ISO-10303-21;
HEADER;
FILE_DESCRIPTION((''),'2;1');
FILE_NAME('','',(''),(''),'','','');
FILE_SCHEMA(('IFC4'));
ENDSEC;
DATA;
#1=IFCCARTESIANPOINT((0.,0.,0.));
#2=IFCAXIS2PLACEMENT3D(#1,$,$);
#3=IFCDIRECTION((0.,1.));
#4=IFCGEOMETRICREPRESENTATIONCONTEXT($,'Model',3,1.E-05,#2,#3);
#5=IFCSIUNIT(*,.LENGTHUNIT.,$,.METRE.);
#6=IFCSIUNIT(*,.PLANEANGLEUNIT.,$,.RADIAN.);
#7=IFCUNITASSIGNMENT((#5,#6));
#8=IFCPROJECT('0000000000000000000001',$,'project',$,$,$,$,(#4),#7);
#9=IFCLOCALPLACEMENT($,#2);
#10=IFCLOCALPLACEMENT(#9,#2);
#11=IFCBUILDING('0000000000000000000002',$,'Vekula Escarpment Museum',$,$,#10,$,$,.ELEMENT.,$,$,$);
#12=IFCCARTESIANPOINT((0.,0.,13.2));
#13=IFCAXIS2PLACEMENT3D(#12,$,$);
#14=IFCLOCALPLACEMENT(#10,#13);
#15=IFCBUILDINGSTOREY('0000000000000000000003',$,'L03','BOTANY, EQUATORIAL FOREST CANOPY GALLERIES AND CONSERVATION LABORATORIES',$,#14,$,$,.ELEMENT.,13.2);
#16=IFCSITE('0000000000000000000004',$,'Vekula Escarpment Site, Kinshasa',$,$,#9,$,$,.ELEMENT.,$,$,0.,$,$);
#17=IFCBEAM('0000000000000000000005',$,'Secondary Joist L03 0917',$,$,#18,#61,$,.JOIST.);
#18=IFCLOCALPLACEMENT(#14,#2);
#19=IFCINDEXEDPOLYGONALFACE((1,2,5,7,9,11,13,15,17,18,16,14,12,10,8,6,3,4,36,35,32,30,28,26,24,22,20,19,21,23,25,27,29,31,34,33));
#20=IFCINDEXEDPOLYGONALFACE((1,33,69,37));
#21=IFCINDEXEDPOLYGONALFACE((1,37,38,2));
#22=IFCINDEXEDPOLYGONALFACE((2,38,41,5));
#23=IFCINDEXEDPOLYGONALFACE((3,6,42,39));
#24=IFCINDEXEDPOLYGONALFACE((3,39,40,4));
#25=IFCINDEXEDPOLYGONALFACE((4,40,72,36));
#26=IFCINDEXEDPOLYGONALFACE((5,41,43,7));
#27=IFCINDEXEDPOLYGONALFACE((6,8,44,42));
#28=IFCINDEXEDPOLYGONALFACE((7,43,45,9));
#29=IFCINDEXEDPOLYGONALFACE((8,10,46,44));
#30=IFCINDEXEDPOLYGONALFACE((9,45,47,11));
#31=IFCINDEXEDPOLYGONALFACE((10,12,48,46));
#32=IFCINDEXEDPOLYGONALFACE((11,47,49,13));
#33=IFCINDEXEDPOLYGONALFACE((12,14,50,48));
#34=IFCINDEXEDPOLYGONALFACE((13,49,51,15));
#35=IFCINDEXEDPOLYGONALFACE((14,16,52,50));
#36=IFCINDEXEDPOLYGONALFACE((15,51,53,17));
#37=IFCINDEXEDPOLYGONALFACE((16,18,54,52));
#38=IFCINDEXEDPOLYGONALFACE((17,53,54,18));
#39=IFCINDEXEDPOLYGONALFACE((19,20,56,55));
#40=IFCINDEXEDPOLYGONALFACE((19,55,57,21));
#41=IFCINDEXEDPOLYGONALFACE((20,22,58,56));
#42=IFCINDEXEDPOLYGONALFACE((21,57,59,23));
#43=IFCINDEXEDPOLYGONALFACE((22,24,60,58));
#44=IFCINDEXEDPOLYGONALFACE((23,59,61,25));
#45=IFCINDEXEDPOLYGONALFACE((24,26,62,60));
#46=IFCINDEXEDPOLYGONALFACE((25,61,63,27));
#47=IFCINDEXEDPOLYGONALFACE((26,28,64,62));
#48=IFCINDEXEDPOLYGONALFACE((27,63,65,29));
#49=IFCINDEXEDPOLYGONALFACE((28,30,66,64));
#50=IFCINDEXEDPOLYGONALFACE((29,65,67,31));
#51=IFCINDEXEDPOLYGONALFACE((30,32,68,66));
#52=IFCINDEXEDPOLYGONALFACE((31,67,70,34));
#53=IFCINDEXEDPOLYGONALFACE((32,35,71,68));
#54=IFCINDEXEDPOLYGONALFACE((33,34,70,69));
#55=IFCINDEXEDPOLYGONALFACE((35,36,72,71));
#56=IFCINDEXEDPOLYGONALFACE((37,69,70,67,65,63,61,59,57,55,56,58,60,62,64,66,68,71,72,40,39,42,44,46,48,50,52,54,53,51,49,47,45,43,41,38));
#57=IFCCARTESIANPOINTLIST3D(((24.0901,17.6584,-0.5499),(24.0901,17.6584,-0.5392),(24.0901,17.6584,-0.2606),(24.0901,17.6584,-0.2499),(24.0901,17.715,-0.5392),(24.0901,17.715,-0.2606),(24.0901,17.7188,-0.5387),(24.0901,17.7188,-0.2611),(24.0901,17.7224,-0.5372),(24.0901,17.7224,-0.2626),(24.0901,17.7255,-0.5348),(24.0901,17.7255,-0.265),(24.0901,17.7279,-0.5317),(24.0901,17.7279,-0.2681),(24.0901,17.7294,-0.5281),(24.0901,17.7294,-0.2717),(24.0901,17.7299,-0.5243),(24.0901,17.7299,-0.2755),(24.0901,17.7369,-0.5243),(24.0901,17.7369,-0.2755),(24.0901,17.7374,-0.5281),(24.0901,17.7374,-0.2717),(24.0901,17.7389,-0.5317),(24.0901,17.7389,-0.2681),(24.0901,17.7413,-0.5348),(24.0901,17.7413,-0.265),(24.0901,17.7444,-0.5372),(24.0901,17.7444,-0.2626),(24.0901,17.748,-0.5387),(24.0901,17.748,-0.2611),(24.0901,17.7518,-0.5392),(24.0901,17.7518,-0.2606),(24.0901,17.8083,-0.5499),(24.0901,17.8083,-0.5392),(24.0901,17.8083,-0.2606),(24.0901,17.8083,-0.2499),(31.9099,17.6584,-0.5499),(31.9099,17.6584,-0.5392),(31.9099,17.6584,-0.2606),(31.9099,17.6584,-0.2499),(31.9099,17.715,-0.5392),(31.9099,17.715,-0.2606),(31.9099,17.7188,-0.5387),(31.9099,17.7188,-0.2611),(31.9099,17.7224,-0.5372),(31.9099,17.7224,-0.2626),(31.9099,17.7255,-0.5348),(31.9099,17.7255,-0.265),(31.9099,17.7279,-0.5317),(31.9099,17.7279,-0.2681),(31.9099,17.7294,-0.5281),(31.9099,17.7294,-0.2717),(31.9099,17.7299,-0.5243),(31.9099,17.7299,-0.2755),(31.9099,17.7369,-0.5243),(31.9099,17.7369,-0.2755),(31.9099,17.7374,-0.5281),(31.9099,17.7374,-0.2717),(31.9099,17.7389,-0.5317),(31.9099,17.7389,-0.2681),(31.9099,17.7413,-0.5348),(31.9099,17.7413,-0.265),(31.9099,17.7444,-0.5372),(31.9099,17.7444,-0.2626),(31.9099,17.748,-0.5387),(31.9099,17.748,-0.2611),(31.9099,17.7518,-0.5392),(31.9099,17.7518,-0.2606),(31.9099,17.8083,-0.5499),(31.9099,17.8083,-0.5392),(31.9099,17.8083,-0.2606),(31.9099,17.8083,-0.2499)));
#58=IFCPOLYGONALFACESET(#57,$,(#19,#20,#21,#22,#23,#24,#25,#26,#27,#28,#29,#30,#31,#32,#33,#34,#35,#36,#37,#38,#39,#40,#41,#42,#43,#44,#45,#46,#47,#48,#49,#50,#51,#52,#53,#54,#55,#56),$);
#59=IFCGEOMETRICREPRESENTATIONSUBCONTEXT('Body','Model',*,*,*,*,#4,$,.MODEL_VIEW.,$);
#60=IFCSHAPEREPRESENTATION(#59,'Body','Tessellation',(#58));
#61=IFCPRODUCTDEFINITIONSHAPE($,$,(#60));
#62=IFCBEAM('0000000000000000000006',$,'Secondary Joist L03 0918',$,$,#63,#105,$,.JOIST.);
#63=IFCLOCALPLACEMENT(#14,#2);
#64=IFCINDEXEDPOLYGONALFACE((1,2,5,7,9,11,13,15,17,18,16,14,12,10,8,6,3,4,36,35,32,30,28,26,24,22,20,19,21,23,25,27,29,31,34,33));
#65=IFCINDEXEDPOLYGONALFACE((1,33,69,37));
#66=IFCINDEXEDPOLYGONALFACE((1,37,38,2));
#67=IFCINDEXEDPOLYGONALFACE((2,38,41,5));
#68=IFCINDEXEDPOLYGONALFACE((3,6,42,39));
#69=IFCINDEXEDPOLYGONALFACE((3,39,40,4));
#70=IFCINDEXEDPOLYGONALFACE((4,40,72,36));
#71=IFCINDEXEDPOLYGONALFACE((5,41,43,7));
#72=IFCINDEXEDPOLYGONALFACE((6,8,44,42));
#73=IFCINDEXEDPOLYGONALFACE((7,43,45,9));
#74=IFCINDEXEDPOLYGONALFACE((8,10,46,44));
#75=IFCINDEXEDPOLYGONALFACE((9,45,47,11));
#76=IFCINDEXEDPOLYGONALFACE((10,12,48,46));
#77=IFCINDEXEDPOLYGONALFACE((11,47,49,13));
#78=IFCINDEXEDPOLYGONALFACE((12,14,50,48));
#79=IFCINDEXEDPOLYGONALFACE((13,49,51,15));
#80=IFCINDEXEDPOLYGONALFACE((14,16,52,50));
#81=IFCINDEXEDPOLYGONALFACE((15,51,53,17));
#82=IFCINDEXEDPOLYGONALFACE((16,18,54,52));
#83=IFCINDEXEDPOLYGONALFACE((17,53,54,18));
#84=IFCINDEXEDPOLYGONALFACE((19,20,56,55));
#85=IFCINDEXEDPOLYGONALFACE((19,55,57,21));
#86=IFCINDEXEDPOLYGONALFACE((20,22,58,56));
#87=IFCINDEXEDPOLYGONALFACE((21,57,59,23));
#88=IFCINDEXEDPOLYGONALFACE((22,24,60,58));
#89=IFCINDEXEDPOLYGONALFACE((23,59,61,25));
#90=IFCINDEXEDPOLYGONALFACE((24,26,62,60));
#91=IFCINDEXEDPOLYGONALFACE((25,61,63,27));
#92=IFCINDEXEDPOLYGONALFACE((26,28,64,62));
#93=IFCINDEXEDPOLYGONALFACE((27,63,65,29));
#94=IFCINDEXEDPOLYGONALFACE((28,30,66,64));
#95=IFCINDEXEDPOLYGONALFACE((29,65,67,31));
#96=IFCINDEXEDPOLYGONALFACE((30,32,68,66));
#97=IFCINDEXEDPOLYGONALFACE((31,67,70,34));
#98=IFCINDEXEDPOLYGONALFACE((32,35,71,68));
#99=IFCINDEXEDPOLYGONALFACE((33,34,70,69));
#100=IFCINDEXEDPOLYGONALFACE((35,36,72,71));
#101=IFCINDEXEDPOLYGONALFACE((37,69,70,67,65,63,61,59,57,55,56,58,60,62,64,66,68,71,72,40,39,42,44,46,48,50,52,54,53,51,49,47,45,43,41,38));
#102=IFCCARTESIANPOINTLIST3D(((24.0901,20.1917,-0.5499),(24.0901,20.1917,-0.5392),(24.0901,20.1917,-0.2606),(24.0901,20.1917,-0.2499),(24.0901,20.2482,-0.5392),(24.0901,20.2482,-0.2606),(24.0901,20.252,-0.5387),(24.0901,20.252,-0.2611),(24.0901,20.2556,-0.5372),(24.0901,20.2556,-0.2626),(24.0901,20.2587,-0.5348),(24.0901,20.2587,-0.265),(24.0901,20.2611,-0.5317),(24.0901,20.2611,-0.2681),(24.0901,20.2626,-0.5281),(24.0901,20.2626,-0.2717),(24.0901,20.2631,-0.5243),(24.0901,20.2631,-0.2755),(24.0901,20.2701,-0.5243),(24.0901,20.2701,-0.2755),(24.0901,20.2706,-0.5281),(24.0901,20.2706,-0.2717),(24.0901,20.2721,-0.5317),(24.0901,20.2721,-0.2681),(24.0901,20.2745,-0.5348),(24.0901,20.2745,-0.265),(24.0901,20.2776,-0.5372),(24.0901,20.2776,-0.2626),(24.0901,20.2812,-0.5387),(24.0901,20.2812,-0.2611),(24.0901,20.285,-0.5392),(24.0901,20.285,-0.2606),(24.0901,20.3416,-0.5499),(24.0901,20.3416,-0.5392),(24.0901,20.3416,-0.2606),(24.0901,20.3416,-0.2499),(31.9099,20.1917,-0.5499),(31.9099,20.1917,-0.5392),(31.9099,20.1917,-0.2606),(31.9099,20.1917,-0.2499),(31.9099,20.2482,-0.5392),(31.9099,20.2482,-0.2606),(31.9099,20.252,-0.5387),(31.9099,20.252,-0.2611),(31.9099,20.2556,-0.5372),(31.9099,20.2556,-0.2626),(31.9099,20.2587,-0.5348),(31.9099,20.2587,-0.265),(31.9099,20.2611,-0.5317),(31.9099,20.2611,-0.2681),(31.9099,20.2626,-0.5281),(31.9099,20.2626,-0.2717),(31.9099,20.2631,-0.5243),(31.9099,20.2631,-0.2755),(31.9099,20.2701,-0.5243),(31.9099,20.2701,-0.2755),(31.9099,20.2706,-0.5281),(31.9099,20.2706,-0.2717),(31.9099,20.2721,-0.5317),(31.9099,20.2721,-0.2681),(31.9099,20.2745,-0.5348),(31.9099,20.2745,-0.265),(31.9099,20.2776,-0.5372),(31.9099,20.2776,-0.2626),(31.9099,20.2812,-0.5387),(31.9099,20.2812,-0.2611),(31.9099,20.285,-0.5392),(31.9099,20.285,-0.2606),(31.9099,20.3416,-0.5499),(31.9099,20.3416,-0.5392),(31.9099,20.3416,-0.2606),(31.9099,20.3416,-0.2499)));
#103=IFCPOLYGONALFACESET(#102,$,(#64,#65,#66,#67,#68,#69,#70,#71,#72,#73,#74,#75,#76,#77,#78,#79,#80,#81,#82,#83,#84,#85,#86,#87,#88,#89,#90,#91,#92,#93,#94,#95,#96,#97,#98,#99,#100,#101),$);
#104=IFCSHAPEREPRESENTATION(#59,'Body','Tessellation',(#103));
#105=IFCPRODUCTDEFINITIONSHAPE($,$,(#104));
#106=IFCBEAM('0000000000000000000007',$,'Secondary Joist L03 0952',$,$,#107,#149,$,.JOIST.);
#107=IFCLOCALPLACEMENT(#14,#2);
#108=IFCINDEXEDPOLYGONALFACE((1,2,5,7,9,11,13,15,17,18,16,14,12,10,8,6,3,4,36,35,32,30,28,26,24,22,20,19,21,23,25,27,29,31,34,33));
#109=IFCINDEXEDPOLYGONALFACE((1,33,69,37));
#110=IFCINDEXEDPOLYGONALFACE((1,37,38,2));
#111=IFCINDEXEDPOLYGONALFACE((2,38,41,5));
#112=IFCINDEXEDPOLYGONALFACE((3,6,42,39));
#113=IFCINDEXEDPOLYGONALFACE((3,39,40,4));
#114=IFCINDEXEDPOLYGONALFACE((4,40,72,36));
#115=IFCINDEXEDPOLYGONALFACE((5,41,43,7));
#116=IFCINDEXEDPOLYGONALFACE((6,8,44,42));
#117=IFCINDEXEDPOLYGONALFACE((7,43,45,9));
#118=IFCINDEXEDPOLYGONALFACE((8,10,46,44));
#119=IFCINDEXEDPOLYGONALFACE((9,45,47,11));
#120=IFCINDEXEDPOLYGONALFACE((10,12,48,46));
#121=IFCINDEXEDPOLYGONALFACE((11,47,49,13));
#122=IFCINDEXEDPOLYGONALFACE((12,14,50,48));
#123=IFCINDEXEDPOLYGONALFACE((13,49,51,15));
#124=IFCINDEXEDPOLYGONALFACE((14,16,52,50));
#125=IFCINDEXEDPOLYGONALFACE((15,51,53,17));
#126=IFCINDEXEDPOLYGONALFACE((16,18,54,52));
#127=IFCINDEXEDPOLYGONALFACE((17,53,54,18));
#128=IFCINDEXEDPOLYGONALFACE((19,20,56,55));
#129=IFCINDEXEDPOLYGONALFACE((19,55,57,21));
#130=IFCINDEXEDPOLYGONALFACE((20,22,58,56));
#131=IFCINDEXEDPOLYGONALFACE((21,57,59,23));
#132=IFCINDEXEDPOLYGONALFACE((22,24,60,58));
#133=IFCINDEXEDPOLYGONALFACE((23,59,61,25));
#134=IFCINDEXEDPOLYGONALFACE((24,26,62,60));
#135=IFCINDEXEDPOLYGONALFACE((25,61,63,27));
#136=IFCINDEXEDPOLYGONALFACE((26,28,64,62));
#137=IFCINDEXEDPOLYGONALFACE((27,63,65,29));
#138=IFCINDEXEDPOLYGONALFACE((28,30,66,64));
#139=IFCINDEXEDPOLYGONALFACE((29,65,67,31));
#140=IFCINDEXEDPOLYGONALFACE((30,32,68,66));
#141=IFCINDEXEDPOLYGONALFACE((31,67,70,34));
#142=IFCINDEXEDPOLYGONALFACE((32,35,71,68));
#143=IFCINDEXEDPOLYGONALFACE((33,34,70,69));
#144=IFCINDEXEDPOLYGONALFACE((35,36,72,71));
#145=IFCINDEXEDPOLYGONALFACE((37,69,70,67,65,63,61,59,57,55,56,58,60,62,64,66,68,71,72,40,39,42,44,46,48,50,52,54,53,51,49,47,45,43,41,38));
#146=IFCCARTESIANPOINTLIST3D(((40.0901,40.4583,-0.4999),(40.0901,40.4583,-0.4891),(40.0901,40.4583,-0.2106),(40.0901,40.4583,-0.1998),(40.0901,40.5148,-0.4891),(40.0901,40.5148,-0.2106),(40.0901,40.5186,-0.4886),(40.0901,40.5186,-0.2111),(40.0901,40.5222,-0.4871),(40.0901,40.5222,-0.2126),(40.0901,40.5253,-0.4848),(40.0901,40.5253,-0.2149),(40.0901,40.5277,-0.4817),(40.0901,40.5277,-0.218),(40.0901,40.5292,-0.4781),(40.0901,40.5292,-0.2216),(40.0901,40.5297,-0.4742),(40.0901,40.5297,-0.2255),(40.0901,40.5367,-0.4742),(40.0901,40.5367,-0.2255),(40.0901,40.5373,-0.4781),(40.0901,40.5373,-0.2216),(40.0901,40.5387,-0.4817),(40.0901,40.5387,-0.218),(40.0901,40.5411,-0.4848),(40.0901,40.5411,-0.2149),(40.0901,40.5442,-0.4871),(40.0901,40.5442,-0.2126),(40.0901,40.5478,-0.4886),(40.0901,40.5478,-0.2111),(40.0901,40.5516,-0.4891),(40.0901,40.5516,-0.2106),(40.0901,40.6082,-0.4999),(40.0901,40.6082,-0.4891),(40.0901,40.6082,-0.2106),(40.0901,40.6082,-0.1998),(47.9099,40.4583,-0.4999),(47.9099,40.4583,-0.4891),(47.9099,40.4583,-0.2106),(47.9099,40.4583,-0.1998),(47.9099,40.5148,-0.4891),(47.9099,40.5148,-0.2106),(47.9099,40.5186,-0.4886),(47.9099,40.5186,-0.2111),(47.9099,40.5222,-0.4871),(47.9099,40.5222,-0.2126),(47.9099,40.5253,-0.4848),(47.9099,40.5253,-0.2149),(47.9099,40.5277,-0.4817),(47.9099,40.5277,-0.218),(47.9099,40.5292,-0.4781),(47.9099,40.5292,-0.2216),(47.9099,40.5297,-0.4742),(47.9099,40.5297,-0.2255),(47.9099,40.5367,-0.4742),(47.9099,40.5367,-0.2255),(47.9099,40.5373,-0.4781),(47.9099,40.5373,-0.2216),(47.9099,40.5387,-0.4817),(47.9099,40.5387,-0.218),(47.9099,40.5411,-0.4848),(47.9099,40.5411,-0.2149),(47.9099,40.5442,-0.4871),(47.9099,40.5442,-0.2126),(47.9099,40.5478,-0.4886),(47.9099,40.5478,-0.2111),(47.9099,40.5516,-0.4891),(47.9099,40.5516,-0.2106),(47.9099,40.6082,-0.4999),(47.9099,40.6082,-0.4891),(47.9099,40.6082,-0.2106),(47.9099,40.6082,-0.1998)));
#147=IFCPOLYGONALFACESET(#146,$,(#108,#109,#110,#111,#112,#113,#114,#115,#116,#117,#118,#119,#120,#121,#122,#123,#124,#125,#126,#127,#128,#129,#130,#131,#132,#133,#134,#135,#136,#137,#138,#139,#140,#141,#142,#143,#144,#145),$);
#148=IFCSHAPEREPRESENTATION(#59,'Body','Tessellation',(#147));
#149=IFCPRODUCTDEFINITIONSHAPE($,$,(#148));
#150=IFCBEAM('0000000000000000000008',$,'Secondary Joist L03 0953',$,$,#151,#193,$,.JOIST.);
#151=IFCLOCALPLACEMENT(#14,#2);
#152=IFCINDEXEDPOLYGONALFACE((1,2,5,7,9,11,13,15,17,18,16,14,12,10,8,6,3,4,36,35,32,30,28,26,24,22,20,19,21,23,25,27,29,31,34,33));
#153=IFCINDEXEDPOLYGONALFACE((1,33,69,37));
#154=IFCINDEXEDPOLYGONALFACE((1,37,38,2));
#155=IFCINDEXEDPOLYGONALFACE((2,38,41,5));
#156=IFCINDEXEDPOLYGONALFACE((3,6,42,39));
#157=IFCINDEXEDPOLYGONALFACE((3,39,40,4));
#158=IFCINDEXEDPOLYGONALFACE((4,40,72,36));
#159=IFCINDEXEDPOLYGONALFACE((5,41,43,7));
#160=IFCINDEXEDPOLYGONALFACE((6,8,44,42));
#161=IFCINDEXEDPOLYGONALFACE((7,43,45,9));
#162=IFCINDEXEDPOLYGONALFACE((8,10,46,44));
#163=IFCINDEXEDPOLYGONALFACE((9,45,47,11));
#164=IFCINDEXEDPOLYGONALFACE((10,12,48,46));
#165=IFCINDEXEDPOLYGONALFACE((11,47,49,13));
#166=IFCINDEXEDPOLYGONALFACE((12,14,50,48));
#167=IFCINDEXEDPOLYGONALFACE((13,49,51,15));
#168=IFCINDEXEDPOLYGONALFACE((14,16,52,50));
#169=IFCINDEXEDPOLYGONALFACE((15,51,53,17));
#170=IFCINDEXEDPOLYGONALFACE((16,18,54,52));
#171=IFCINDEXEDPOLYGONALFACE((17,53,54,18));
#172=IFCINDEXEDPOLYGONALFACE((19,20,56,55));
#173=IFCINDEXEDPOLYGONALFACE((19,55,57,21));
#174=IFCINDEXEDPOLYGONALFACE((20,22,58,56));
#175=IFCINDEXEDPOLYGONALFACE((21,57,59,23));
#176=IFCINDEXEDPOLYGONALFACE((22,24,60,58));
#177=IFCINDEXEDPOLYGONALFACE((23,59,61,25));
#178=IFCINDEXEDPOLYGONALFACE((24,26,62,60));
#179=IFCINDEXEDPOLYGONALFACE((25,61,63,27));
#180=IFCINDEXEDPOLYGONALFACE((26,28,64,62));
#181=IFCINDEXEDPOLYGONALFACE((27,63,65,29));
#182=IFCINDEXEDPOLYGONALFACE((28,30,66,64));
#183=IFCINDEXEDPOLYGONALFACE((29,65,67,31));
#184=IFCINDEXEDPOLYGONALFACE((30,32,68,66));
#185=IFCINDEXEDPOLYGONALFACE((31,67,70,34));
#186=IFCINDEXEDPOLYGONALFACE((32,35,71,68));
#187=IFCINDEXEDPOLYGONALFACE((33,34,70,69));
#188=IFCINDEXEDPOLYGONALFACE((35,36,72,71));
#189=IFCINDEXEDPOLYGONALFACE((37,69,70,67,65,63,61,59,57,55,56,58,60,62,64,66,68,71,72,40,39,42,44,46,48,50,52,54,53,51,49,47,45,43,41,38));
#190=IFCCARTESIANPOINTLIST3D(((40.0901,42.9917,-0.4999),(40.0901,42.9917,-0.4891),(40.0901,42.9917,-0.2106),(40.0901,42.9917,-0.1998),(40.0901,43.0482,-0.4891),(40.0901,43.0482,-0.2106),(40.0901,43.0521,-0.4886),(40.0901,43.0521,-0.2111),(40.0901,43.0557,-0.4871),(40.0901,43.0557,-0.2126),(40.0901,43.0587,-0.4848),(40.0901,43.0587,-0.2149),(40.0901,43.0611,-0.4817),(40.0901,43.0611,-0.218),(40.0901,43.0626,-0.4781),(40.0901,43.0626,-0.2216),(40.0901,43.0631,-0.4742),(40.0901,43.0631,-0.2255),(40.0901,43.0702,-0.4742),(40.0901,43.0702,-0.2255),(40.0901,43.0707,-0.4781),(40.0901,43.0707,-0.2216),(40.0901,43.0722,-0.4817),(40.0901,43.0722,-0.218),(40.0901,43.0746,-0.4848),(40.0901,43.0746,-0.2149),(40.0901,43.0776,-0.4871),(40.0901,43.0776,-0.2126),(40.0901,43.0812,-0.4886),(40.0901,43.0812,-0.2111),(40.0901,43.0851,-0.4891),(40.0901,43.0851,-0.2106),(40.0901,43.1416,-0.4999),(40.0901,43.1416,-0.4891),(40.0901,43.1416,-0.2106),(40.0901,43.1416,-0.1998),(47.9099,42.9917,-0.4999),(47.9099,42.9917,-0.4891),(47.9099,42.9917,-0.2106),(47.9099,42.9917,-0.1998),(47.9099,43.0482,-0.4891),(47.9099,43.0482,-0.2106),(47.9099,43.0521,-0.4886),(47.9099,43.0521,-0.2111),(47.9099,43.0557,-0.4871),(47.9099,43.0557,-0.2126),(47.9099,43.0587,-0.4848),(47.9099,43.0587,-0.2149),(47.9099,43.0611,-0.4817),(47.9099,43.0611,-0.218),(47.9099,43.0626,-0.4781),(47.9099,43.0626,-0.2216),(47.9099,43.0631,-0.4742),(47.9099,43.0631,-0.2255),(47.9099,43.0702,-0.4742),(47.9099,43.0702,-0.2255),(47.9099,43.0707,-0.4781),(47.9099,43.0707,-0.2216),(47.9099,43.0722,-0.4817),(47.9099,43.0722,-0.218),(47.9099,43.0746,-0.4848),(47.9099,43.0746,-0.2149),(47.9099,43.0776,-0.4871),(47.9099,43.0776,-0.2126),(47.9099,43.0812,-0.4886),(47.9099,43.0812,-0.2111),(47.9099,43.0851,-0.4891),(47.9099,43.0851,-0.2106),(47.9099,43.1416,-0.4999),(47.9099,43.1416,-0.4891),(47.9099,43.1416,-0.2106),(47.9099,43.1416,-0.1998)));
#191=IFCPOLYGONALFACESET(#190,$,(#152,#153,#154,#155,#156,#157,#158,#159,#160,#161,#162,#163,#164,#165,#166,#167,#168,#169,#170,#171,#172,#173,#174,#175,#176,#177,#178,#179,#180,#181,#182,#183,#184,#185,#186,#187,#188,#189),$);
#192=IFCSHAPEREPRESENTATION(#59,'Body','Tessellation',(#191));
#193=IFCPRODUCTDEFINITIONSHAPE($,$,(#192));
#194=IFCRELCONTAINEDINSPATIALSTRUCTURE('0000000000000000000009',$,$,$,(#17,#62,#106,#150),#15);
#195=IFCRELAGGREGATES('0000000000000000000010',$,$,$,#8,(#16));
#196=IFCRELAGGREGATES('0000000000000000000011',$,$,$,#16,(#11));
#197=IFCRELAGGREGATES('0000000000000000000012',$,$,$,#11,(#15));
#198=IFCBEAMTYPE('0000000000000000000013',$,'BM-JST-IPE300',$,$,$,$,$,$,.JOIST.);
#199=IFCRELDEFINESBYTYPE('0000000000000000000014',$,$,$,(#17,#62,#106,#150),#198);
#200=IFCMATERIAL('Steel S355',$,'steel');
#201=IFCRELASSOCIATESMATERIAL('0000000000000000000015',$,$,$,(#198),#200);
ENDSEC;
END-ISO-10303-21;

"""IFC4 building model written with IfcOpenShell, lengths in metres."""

from ifc_helpers import new_model, si_unit, direction, frame, origin, origin_2d, place, context, subcontext, project, spatial, i_section, extrude, material, material_profile, profile_set, type_object, element, save


model = new_model("IFC4")

# Units and contexts
model_context = context("Model", 3, precision=1e-05, world=origin(), true_north=direction((0.0, 1.0)))
body_context = subcontext(model_context, "Body", "Model", "MODEL_VIEW")
ifc_project = project(units=[si_unit("LENGTHUNIT", "METRE"), si_unit("PLANEANGLEUNIT", "RADIAN")], contexts=[model_context])

# Site, building, storey
site_placement = place(None, origin())
site = spatial("IfcSite", under=ifc_project, at=site_placement, Name="Vekula Escarpment Site, Kinshasa", CompositionType="ELEMENT", RefElevation=0.0)
building_placement = place(site_placement, origin())
building = spatial("IfcBuilding", under=site, at=building_placement, Name="Vekula Escarpment Museum", CompositionType="ELEMENT")
storey_placement = place(building_placement, frame((0.0, 0.0, 13.2)))
storey = spatial("IfcBuildingStorey", under=building, at=storey_placement, Name="L03", Description="BOTANY, EQUATORIAL FOREST CANOPY GALLERIES AND CONSERVATION LABORATORIES", CompositionType="ELEMENT", Elevation=13.2)

# Beams
ifc_material_1 = material(Name="Steel S355", Category="steel")
ifc_material_profile_1 = material_profile(ifc_material_1, i_section(OverallWidth=0.1499, OverallDepth=0.3, WebThickness=0.0071, FlangeThickness=0.0107, FilletRadius=0.0149, at=origin_2d()), Name="IPE 300")
ifc_profile_set_1 = profile_set([ifc_material_profile_1], Name="Steel S355")
beam_type_1 = type_object("IfcBeamType", Name="BM-JST-IPE300", PredefinedType="JOIST", material=ifc_profile_set_1)
for number, where, z_axis, x_axis, name in (
    (1, (24.0901, 17.7334, -0.3999), (1.0, 0.0, 0.0), (0.0, 1.0, 0.0), "Secondary Joist L03 0917"),
    (2, (24.0901, 20.2666, -0.3999), (1.0, 0.0, 0.0), (0.0, 1.0, 0.0), "Secondary Joist L03 0918"),
    (3, (40.0901, 40.5332, -0.3499), (1.0, 0.0, 0.0), (0.0, 1.0, 0.0), "Secondary Joist L03 0952"),
    (4, (40.0901, 43.0667, -0.3499), (1.0, 0.0, 0.0), (0.0, 1.0, 0.0), "Secondary Joist L03 0953"),
):
    element("IfcBeam", number, at=place(storey_placement, frame(where, z_axis=z_axis, x_axis=x_axis)), inside=storey, type_object=beam_type_1, Name=name, PredefinedType="JOIST", context=body_context, shape_type="SweptSolid", body=[
        extrude(i_section(OverallWidth=0.1499, OverallDepth=0.3, WebThickness=0.0071, FlangeThickness=0.0107, FilletRadius=0.0149, at=origin_2d()), origin(), (0.0, 0.0, 1.0), 7.8198),
    ])

save(model, "model.ifc")
